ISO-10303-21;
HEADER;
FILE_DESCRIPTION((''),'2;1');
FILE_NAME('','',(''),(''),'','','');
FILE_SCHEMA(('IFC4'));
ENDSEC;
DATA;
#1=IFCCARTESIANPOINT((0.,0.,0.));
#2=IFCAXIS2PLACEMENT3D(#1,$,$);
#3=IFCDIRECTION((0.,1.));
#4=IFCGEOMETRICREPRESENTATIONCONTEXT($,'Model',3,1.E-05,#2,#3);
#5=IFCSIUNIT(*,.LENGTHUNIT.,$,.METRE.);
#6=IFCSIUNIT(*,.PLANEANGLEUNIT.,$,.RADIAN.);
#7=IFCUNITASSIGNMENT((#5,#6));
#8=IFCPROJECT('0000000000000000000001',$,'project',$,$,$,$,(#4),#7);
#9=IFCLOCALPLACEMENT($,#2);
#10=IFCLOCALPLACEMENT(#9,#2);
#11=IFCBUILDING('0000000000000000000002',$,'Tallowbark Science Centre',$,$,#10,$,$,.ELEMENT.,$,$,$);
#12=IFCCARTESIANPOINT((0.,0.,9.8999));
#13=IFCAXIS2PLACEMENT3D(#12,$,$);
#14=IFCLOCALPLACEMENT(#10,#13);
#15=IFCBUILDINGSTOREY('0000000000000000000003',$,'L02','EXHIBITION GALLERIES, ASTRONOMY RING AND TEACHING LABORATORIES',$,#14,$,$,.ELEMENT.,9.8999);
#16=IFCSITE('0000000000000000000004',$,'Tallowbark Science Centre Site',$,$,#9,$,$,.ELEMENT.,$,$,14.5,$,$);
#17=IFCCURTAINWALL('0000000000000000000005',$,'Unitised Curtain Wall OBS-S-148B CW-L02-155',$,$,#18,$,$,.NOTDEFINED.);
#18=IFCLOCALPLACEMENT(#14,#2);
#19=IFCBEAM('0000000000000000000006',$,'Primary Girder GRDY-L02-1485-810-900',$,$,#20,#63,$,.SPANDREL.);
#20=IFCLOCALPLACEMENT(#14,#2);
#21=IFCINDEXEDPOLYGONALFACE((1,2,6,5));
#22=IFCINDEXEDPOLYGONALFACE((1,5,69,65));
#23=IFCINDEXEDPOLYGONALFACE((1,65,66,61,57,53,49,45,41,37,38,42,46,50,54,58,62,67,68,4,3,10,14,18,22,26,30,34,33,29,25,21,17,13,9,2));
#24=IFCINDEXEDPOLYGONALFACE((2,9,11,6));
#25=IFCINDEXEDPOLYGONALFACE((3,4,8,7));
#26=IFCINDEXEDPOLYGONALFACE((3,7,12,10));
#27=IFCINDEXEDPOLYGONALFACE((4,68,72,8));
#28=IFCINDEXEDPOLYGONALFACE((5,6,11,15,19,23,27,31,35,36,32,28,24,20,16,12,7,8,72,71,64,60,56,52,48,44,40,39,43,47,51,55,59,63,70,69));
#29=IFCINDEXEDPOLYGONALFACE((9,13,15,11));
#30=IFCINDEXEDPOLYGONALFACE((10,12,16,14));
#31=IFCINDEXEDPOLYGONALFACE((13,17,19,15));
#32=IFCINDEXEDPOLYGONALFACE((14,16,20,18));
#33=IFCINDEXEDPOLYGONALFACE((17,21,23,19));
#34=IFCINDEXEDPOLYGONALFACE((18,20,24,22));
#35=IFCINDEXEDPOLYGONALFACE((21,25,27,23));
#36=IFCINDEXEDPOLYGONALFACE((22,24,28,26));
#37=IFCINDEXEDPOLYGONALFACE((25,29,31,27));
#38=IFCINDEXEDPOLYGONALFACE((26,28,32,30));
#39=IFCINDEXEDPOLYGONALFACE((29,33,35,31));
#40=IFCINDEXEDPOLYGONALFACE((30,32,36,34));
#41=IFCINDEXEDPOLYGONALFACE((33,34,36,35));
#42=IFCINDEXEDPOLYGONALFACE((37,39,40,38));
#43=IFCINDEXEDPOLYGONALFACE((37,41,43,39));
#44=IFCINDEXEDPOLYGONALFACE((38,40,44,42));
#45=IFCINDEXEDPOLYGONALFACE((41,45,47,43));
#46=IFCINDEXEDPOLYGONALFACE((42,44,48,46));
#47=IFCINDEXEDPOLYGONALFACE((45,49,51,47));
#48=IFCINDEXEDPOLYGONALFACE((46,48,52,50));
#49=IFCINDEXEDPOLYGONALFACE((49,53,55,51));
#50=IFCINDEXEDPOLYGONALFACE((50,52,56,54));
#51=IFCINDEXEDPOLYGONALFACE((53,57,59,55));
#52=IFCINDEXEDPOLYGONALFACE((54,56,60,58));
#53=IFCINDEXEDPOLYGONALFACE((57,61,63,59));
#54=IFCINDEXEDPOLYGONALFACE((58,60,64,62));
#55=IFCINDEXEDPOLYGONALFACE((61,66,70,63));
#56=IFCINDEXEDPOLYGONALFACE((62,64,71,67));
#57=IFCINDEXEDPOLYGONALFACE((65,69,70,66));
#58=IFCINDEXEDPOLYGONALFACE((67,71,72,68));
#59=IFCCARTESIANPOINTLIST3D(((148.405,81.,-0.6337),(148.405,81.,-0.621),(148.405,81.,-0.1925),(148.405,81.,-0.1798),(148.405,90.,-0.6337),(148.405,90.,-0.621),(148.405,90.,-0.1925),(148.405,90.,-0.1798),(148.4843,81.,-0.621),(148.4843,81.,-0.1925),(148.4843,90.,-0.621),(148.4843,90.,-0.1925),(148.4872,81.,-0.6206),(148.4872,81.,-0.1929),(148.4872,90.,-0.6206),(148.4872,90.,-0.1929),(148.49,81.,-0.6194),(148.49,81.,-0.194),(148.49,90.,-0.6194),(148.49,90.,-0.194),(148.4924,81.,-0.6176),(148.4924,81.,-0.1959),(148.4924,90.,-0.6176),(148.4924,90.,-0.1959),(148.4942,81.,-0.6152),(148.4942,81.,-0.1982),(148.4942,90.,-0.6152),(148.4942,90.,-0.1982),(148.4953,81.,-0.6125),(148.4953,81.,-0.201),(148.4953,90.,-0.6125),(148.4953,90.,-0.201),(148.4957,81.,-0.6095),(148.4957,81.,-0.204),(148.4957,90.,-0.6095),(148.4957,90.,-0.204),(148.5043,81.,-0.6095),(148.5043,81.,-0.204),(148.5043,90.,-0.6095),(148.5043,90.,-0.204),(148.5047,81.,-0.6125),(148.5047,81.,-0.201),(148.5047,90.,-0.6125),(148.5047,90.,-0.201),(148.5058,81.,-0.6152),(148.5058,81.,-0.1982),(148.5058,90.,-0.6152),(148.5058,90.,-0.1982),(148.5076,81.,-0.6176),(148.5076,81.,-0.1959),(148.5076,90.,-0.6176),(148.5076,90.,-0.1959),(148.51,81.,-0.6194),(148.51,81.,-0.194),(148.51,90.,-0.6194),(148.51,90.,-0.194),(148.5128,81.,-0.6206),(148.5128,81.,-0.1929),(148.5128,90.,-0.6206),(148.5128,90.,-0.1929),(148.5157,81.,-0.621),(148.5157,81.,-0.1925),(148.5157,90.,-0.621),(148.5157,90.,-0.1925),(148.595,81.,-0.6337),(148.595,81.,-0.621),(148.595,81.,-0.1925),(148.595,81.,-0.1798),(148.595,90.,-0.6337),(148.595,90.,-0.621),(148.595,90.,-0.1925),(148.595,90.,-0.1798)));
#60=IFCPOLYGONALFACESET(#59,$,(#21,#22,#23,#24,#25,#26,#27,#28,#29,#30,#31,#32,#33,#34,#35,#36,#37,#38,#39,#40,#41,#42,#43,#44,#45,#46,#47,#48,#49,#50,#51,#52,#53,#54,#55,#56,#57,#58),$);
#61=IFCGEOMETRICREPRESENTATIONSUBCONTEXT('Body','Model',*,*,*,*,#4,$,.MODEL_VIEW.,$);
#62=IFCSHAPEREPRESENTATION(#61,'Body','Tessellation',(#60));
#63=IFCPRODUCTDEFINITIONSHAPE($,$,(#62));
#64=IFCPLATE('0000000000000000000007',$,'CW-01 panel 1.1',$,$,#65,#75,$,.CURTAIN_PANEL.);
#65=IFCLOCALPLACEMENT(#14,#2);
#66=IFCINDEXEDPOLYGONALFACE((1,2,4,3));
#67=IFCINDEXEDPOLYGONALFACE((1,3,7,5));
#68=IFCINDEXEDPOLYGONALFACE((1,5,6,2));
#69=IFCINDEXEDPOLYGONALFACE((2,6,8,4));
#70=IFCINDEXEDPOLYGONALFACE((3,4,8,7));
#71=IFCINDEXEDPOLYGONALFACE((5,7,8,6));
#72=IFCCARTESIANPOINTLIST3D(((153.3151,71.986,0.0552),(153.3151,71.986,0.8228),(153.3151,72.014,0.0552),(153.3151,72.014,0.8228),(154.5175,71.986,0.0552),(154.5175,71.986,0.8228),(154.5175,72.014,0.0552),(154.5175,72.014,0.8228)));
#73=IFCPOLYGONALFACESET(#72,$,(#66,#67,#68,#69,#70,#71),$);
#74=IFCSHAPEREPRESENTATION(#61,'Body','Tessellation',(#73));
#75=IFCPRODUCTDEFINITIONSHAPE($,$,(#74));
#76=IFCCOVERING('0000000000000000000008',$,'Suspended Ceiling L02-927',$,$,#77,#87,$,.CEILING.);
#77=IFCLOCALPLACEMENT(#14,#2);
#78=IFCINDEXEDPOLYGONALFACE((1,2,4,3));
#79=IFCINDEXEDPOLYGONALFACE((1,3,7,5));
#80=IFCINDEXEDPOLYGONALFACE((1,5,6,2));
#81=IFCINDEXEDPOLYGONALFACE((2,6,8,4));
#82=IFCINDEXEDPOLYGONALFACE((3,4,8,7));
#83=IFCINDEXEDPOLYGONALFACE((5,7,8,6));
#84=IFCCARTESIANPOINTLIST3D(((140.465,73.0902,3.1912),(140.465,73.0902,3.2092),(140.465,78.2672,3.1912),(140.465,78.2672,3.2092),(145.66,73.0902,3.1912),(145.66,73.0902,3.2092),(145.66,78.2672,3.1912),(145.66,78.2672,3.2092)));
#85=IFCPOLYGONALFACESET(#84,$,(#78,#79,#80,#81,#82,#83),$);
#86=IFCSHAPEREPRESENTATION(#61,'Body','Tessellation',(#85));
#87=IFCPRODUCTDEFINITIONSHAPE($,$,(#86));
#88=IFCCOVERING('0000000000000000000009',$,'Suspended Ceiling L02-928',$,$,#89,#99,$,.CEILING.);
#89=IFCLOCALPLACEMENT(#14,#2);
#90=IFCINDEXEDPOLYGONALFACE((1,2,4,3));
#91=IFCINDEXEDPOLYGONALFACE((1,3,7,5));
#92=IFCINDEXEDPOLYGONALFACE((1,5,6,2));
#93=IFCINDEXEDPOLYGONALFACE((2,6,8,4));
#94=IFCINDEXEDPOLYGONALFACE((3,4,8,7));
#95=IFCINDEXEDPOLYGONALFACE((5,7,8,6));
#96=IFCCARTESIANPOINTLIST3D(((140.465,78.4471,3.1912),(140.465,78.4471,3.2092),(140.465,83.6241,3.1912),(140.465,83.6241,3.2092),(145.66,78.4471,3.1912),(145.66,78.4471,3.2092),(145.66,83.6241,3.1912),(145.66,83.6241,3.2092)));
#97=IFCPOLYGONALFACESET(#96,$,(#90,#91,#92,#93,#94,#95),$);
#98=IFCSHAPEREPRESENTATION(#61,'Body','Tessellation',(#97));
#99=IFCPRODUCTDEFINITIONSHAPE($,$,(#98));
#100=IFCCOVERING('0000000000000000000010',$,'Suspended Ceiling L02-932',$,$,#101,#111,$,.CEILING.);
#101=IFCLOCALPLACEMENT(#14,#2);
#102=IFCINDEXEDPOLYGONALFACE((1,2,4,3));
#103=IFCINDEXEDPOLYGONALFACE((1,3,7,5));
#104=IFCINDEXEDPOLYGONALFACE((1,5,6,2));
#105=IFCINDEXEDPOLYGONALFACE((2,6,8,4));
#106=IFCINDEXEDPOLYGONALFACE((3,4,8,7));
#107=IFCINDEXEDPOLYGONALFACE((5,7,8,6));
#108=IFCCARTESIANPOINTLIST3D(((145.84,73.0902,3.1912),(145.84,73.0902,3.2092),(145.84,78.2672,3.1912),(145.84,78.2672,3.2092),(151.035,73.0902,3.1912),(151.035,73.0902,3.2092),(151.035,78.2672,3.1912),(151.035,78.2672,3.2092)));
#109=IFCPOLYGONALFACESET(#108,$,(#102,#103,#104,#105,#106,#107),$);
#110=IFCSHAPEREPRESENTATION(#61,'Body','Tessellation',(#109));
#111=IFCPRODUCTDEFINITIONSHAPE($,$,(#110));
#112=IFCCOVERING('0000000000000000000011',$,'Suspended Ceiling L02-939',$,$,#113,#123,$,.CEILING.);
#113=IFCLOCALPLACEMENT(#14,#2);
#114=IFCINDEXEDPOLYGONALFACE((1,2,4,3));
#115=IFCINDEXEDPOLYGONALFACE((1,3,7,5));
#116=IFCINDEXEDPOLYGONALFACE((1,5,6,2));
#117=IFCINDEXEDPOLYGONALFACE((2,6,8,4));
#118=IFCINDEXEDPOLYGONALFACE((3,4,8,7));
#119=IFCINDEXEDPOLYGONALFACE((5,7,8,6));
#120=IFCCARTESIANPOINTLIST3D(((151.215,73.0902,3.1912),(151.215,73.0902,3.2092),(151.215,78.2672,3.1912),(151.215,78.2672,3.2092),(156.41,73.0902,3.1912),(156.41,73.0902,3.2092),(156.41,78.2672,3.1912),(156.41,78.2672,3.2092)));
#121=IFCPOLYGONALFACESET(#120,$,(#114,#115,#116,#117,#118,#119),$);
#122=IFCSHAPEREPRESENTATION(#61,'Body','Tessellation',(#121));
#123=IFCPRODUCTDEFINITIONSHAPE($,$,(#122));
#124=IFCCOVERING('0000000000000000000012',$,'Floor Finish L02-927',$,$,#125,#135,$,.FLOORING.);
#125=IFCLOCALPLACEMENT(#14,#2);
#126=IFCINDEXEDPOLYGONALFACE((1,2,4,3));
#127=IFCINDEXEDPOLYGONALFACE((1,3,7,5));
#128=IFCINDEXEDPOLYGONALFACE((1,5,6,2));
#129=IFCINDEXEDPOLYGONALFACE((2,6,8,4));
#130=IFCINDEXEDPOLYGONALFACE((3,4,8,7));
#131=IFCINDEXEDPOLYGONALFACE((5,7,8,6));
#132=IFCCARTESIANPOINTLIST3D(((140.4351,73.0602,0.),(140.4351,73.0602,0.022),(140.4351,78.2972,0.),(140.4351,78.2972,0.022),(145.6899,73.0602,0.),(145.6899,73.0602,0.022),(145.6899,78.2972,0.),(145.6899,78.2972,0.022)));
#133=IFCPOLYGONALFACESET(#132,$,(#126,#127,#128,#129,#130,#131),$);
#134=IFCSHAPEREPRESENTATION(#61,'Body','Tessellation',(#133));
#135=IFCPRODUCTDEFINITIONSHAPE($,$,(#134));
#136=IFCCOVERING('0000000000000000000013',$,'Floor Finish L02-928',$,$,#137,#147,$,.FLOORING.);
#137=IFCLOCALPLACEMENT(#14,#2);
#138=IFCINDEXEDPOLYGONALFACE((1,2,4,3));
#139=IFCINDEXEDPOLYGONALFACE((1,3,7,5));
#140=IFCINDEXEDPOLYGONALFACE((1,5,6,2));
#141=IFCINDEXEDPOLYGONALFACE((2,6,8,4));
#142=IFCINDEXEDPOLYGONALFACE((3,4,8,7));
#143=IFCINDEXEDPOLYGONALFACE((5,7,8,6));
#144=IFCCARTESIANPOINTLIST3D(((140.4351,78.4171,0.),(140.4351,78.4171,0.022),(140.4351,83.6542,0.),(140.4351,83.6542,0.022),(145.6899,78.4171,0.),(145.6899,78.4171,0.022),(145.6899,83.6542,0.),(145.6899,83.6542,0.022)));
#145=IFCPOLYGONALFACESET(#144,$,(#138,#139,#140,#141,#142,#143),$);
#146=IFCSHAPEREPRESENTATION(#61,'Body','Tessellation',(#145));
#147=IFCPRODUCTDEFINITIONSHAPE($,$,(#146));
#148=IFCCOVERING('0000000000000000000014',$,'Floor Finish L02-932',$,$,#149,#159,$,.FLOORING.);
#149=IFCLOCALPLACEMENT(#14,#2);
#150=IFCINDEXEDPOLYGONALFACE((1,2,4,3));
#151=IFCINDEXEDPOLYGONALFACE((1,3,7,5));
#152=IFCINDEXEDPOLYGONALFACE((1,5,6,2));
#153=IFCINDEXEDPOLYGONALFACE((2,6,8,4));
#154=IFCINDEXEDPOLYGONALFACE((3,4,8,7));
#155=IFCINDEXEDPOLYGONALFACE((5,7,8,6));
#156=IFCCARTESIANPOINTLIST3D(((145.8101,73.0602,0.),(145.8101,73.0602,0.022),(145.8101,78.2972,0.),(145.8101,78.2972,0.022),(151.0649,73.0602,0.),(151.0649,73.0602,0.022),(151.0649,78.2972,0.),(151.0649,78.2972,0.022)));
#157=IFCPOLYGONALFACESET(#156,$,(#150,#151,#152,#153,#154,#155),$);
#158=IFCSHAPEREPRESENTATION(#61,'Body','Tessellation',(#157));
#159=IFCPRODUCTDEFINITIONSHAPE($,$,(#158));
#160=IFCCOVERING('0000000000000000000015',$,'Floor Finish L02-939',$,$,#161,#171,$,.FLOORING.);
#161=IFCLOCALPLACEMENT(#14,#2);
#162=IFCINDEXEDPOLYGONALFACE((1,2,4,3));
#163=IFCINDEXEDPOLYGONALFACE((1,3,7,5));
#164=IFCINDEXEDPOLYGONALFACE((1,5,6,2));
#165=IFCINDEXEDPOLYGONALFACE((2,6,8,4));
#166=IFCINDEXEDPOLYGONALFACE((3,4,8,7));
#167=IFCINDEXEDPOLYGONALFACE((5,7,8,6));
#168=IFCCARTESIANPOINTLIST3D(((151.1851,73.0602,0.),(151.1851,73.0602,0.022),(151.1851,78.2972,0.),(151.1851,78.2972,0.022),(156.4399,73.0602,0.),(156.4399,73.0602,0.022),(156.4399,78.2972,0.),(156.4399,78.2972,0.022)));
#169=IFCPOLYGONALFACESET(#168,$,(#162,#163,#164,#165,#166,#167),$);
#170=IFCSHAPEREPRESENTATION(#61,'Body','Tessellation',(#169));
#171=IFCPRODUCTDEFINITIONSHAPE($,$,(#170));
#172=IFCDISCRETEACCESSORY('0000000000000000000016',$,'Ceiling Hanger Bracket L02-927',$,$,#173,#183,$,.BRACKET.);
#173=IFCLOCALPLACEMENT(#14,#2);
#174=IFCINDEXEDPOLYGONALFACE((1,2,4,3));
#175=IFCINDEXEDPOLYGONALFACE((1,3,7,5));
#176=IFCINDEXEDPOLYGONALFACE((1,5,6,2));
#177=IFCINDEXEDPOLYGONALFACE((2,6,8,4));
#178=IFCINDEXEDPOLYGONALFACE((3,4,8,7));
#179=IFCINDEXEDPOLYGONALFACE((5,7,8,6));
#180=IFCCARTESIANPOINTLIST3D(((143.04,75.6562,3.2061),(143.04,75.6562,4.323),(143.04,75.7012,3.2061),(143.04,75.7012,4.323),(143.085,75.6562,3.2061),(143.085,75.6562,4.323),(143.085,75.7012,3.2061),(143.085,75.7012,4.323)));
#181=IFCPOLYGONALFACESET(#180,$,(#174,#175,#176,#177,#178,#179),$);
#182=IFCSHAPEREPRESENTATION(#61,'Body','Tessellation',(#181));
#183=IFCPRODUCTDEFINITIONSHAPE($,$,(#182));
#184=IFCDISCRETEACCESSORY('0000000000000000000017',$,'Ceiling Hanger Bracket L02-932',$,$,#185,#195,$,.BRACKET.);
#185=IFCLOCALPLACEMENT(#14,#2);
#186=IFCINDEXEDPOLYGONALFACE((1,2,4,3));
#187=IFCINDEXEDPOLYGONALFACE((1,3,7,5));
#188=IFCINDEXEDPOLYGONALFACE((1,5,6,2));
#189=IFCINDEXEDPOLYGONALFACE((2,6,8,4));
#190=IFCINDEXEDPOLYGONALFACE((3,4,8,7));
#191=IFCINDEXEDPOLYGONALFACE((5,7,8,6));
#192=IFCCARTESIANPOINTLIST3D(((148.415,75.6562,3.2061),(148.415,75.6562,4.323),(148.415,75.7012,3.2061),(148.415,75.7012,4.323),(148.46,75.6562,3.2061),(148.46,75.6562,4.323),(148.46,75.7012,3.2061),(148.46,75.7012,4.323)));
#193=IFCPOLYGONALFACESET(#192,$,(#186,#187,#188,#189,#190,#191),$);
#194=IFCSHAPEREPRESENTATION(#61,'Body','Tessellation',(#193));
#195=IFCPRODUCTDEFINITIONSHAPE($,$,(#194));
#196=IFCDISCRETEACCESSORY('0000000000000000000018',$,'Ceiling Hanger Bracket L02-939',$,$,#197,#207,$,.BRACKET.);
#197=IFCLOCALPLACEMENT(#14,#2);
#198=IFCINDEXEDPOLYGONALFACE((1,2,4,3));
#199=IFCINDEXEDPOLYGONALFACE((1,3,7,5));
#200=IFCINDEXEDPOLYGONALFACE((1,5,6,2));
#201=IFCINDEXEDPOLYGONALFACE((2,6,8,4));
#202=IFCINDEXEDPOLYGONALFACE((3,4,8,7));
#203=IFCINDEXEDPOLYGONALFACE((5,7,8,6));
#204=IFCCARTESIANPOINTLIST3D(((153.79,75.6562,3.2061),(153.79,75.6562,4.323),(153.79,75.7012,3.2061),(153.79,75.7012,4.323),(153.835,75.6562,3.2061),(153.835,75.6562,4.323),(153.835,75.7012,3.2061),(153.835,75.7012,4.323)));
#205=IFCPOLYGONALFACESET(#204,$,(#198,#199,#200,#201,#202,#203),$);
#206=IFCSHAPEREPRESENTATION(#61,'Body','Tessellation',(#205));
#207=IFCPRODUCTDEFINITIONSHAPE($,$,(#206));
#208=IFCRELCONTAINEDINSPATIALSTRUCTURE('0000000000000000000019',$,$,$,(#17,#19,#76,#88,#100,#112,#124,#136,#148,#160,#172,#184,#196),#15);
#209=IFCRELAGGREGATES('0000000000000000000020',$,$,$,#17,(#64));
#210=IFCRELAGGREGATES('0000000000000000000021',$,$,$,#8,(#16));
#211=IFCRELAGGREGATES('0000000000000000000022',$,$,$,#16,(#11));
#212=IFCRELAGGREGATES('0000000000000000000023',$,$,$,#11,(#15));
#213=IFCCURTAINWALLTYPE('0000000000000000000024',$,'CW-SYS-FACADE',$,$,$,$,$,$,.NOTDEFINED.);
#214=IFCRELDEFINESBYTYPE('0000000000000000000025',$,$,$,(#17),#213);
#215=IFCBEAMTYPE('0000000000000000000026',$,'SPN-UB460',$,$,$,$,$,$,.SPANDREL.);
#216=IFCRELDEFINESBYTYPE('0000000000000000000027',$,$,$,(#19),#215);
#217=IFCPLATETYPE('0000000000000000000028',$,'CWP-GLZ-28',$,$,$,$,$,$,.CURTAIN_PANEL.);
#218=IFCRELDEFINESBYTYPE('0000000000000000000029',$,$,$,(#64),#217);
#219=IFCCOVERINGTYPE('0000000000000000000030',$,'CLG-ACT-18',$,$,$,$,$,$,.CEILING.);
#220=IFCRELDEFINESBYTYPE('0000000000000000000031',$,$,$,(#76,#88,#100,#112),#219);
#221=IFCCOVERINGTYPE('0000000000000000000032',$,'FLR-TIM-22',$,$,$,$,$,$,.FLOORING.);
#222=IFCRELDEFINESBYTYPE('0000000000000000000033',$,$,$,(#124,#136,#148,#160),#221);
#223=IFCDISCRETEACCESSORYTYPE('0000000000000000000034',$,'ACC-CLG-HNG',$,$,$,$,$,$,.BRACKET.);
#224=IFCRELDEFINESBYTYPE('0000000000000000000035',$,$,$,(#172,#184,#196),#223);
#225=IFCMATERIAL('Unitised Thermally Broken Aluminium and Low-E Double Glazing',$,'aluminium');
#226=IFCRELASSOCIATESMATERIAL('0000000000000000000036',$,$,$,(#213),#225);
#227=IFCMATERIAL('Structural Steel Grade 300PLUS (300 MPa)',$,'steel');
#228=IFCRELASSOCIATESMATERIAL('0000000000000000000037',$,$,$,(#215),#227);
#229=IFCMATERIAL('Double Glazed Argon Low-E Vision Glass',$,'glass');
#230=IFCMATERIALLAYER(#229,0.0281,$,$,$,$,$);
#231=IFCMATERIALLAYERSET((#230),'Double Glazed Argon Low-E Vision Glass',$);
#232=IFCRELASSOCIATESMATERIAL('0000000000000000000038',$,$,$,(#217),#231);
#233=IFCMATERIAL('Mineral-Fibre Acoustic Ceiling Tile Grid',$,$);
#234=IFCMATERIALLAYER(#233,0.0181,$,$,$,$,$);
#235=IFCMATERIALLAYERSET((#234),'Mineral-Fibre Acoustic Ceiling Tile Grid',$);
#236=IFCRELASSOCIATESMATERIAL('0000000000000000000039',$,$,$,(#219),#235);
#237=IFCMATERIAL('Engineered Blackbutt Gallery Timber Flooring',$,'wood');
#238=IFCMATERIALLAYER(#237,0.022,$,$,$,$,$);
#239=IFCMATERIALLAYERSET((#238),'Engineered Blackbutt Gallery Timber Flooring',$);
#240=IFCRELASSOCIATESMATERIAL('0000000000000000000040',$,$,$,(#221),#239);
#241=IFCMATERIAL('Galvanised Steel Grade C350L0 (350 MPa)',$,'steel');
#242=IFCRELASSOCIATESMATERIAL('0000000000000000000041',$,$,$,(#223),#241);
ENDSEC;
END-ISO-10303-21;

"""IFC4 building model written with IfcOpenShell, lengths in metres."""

from ifc_helpers import new_model, si_unit, direction, frame, origin, origin_2d, place, context, subcontext, project, spatial, rectangle, i_section, extrude, material, layer, layer_set, material_profile, profile_set, type_object, element, aggregate, save


model = new_model("IFC4")

# Units and contexts
model_context = context("Model", 3, precision=1e-05, world=origin(), true_north=direction((0.0, 1.0)))
body_context = subcontext(model_context, "Body", "Model", "MODEL_VIEW")
ifc_project = project(units=[si_unit("LENGTHUNIT", "METRE"), si_unit("PLANEANGLEUNIT", "RADIAN")], contexts=[model_context])

# Site, building, storey
site_placement = place(None, origin())
site = spatial("IfcSite", under=ifc_project, at=site_placement, Name="Tallowbark Science Centre Site", CompositionType="ELEMENT", RefElevation=14.5)
building_placement = place(site_placement, origin())
building = spatial("IfcBuilding", under=site, at=building_placement, Name="Tallowbark Science Centre", CompositionType="ELEMENT")
storey_placement = place(building_placement, frame((0.0, 0.0, 9.8999)))
storey = spatial("IfcBuildingStorey", under=building, at=storey_placement, Name="L02", Description="EXHIBITION GALLERIES, ASTRONOMY RING AND TEACHING LABORATORIES", CompositionType="ELEMENT", Elevation=9.8999)

# Shared definitions
ifc_material_1 = material(Name="Structural Steel Grade 300PLUS (300 MPa)", Category="steel")

# Shared definitions
ifc_material_2 = material(Name="Unitised Thermally Broken Aluminium and Low-E Double Glazing", Category="aluminium")
curtain_wall_type = type_object("IfcCurtainWallType", Name="CW-SYS-FACADE", PredefinedType="NOTDEFINED", material=ifc_material_2)

# Curtain wall
curtain_wall_1_placement = place(storey_placement, origin())
curtain_wall_1 = element("IfcCurtainWall", 1, at=curtain_wall_1_placement, inside=storey, type_object=curtain_wall_type, Name="Unitised Curtain Wall OBS-S-148B CW-L02-155", PredefinedType="NOTDEFINED")

# Beam
ifc_material_profile_1 = material_profile(ifc_material_1, i_section(OverallWidth=0.1899, OverallDepth=0.4539, WebThickness=0.0085, FlangeThickness=0.0127, FilletRadius=0.0115, at=origin_2d()), Name="460UB67.1")
ifc_profile_set_1 = profile_set([ifc_material_profile_1], Name="Structural Steel Grade 300PLUS (300 MPa)")
beam_type_1 = type_object("IfcBeamType", Name="SPN-UB460", PredefinedType="SPANDREL", material=ifc_profile_set_1)
beam_1_placement = place(storey_placement, frame((148.5, 81.0, -0.4067), z_axis=(0.0, 1.0, 0.0), x_axis=(-1.0, 0.0, 0.0)))
element("IfcBeam", 2, at=beam_1_placement, inside=storey, type_object=beam_type_1, Name="Primary Girder GRDY-L02-1485-810-900", PredefinedType="SPANDREL", context=body_context, shape_type="SweptSolid", body=[
    extrude(i_section(OverallWidth=0.1899, OverallDepth=0.4539, WebThickness=0.0085, FlangeThickness=0.0127, FilletRadius=0.0115, at=origin_2d()), origin(), (0.0, 0.0, 1.0), 9.0),
])

# Plate
ifc_material_3 = material(Name="Double Glazed Argon Low-E Vision Glass", Category="glass")
ifc_layer_1 = layer(ifc_material_3, 0.0281)
ifc_layer_set_1 = layer_set([ifc_layer_1], Name="Double Glazed Argon Low-E Vision Glass")
plate_type = type_object("IfcPlateType", Name="CWP-GLZ-28", PredefinedType="CURTAIN_PANEL", material=ifc_layer_set_1)
plate_placement = place(storey_placement, frame((153.9163, 72.0, 0.0552), z_axis=(0.0, 0.0, 1.0), x_axis=(1.0, 0.0, 0.0)))
plate = element("IfcPlate", 3, at=plate_placement, type_object=plate_type, Name="CW-01 panel 1.1", PredefinedType="CURTAIN_PANEL", context=body_context, shape_type="SweptSolid", body=[
    extrude(rectangle(XDim=1.2024, YDim=0.0281, at=origin_2d()), origin(), (0.0, 0.0, 1.0), 0.7676),
])
aggregate(curtain_wall_1, [plate])

# Coverings
ifc_material_4 = material(Name="Mineral-Fibre Acoustic Ceiling Tile Grid")
ifc_layer_2 = layer(ifc_material_4, 0.0181)
ifc_layer_set_2 = layer_set([ifc_layer_2], Name="Mineral-Fibre Acoustic Ceiling Tile Grid")
covering_type_1 = type_object("IfcCoveringType", Name="CLG-ACT-18", PredefinedType="CEILING", material=ifc_layer_set_2)
for number, where, z_axis, x_axis, name in (
    (4, (143.0625, 75.6787, 3.1912), (0.0, 0.0, 1.0), (1.0, 0.0, 0.0), "Suspended Ceiling L02-927"),
    (5, (143.0625, 81.0356, 3.1912), (0.0, 0.0, 1.0), (1.0, 0.0, 0.0), "Suspended Ceiling L02-928"),
    (6, (148.4375, 75.6787, 3.1912), (0.0, 0.0, 1.0), (1.0, 0.0, 0.0), "Suspended Ceiling L02-932"),
    (7, (153.8125, 75.6787, 3.1912), (0.0, 0.0, 1.0), (1.0, 0.0, 0.0), "Suspended Ceiling L02-939"),
):
    element("IfcCovering", number, at=place(storey_placement, frame(where, z_axis=z_axis, x_axis=x_axis)), inside=storey, type_object=covering_type_1, Name=name, PredefinedType="CEILING", context=body_context, shape_type="SweptSolid", body=[
        extrude(rectangle(XDim=5.1951, YDim=5.177, at=origin_2d()), origin(), (0.0, 0.0, 1.0), 0.0181),
    ])
ifc_material_5 = material(Name="Engineered Blackbutt Gallery Timber Flooring", Category="wood")
ifc_layer_3 = layer(ifc_material_5, 0.022)
ifc_layer_set_3 = layer_set([ifc_layer_3], Name="Engineered Blackbutt Gallery Timber Flooring")
covering_type_2 = type_object("IfcCoveringType", Name="FLR-TIM-22", PredefinedType="FLOORING", material=ifc_layer_set_3)
for number, where, z_axis, x_axis, name in (
    (8, (143.0625, 75.6787, 0.0), (0.0, 0.0, 1.0), (1.0, 0.0, 0.0), "Floor Finish L02-927"),
    (9, (143.0625, 81.0356, 0.0), (0.0, 0.0, 1.0), (1.0, 0.0, 0.0), "Floor Finish L02-928"),
    (10, (148.4375, 75.6787, 0.0), (0.0, 0.0, 1.0), (1.0, 0.0, 0.0), "Floor Finish L02-932"),
    (11, (153.8125, 75.6787, 0.0), (0.0, 0.0, 1.0), (1.0, 0.0, 0.0), "Floor Finish L02-939"),
):
    element("IfcCovering", number, at=place(storey_placement, frame(where, z_axis=z_axis, x_axis=x_axis)), inside=storey, type_object=covering_type_2, Name=name, PredefinedType="FLOORING", context=body_context, shape_type="SweptSolid", body=[
        extrude(rectangle(XDim=5.2549, YDim=5.2371, at=origin_2d()), origin(), (0.0, 0.0, 1.0), 0.022),
    ])

# Discrete accessories
ifc_material_6 = material(Name="Galvanised Steel Grade C350L0 (350 MPa)", Category="steel")
discrete_accessory_type = type_object("IfcDiscreteAccessoryType", Name="ACC-CLG-HNG", PredefinedType="BRACKET", material=ifc_material_6)
for number, where, z_axis, x_axis, name in (
    (12, (143.0625, 75.6787, 3.2061), (0.0, 0.0, 1.0), (1.0, 0.0, 0.0), "Ceiling Hanger Bracket L02-927"),
    (13, (148.4375, 75.6787, 3.2061), (0.0, 0.0, 1.0), (1.0, 0.0, 0.0), "Ceiling Hanger Bracket L02-932"),
    (14, (153.8125, 75.6787, 3.2061), (0.0, 0.0, 1.0), (1.0, 0.0, 0.0), "Ceiling Hanger Bracket L02-939"),
):
    element("IfcDiscreteAccessory", number, at=place(storey_placement, frame(where, z_axis=z_axis, x_axis=x_axis)), inside=storey, type_object=discrete_accessory_type, Name=name, PredefinedType="BRACKET", context=body_context, shape_type="SweptSolid", body=[
        extrude(rectangle(XDim=0.0449, YDim=0.0449, at=origin_2d()), origin(), (0.0, 0.0, 1.0), 1.1169),
    ])

save(model, "model.ifc")
